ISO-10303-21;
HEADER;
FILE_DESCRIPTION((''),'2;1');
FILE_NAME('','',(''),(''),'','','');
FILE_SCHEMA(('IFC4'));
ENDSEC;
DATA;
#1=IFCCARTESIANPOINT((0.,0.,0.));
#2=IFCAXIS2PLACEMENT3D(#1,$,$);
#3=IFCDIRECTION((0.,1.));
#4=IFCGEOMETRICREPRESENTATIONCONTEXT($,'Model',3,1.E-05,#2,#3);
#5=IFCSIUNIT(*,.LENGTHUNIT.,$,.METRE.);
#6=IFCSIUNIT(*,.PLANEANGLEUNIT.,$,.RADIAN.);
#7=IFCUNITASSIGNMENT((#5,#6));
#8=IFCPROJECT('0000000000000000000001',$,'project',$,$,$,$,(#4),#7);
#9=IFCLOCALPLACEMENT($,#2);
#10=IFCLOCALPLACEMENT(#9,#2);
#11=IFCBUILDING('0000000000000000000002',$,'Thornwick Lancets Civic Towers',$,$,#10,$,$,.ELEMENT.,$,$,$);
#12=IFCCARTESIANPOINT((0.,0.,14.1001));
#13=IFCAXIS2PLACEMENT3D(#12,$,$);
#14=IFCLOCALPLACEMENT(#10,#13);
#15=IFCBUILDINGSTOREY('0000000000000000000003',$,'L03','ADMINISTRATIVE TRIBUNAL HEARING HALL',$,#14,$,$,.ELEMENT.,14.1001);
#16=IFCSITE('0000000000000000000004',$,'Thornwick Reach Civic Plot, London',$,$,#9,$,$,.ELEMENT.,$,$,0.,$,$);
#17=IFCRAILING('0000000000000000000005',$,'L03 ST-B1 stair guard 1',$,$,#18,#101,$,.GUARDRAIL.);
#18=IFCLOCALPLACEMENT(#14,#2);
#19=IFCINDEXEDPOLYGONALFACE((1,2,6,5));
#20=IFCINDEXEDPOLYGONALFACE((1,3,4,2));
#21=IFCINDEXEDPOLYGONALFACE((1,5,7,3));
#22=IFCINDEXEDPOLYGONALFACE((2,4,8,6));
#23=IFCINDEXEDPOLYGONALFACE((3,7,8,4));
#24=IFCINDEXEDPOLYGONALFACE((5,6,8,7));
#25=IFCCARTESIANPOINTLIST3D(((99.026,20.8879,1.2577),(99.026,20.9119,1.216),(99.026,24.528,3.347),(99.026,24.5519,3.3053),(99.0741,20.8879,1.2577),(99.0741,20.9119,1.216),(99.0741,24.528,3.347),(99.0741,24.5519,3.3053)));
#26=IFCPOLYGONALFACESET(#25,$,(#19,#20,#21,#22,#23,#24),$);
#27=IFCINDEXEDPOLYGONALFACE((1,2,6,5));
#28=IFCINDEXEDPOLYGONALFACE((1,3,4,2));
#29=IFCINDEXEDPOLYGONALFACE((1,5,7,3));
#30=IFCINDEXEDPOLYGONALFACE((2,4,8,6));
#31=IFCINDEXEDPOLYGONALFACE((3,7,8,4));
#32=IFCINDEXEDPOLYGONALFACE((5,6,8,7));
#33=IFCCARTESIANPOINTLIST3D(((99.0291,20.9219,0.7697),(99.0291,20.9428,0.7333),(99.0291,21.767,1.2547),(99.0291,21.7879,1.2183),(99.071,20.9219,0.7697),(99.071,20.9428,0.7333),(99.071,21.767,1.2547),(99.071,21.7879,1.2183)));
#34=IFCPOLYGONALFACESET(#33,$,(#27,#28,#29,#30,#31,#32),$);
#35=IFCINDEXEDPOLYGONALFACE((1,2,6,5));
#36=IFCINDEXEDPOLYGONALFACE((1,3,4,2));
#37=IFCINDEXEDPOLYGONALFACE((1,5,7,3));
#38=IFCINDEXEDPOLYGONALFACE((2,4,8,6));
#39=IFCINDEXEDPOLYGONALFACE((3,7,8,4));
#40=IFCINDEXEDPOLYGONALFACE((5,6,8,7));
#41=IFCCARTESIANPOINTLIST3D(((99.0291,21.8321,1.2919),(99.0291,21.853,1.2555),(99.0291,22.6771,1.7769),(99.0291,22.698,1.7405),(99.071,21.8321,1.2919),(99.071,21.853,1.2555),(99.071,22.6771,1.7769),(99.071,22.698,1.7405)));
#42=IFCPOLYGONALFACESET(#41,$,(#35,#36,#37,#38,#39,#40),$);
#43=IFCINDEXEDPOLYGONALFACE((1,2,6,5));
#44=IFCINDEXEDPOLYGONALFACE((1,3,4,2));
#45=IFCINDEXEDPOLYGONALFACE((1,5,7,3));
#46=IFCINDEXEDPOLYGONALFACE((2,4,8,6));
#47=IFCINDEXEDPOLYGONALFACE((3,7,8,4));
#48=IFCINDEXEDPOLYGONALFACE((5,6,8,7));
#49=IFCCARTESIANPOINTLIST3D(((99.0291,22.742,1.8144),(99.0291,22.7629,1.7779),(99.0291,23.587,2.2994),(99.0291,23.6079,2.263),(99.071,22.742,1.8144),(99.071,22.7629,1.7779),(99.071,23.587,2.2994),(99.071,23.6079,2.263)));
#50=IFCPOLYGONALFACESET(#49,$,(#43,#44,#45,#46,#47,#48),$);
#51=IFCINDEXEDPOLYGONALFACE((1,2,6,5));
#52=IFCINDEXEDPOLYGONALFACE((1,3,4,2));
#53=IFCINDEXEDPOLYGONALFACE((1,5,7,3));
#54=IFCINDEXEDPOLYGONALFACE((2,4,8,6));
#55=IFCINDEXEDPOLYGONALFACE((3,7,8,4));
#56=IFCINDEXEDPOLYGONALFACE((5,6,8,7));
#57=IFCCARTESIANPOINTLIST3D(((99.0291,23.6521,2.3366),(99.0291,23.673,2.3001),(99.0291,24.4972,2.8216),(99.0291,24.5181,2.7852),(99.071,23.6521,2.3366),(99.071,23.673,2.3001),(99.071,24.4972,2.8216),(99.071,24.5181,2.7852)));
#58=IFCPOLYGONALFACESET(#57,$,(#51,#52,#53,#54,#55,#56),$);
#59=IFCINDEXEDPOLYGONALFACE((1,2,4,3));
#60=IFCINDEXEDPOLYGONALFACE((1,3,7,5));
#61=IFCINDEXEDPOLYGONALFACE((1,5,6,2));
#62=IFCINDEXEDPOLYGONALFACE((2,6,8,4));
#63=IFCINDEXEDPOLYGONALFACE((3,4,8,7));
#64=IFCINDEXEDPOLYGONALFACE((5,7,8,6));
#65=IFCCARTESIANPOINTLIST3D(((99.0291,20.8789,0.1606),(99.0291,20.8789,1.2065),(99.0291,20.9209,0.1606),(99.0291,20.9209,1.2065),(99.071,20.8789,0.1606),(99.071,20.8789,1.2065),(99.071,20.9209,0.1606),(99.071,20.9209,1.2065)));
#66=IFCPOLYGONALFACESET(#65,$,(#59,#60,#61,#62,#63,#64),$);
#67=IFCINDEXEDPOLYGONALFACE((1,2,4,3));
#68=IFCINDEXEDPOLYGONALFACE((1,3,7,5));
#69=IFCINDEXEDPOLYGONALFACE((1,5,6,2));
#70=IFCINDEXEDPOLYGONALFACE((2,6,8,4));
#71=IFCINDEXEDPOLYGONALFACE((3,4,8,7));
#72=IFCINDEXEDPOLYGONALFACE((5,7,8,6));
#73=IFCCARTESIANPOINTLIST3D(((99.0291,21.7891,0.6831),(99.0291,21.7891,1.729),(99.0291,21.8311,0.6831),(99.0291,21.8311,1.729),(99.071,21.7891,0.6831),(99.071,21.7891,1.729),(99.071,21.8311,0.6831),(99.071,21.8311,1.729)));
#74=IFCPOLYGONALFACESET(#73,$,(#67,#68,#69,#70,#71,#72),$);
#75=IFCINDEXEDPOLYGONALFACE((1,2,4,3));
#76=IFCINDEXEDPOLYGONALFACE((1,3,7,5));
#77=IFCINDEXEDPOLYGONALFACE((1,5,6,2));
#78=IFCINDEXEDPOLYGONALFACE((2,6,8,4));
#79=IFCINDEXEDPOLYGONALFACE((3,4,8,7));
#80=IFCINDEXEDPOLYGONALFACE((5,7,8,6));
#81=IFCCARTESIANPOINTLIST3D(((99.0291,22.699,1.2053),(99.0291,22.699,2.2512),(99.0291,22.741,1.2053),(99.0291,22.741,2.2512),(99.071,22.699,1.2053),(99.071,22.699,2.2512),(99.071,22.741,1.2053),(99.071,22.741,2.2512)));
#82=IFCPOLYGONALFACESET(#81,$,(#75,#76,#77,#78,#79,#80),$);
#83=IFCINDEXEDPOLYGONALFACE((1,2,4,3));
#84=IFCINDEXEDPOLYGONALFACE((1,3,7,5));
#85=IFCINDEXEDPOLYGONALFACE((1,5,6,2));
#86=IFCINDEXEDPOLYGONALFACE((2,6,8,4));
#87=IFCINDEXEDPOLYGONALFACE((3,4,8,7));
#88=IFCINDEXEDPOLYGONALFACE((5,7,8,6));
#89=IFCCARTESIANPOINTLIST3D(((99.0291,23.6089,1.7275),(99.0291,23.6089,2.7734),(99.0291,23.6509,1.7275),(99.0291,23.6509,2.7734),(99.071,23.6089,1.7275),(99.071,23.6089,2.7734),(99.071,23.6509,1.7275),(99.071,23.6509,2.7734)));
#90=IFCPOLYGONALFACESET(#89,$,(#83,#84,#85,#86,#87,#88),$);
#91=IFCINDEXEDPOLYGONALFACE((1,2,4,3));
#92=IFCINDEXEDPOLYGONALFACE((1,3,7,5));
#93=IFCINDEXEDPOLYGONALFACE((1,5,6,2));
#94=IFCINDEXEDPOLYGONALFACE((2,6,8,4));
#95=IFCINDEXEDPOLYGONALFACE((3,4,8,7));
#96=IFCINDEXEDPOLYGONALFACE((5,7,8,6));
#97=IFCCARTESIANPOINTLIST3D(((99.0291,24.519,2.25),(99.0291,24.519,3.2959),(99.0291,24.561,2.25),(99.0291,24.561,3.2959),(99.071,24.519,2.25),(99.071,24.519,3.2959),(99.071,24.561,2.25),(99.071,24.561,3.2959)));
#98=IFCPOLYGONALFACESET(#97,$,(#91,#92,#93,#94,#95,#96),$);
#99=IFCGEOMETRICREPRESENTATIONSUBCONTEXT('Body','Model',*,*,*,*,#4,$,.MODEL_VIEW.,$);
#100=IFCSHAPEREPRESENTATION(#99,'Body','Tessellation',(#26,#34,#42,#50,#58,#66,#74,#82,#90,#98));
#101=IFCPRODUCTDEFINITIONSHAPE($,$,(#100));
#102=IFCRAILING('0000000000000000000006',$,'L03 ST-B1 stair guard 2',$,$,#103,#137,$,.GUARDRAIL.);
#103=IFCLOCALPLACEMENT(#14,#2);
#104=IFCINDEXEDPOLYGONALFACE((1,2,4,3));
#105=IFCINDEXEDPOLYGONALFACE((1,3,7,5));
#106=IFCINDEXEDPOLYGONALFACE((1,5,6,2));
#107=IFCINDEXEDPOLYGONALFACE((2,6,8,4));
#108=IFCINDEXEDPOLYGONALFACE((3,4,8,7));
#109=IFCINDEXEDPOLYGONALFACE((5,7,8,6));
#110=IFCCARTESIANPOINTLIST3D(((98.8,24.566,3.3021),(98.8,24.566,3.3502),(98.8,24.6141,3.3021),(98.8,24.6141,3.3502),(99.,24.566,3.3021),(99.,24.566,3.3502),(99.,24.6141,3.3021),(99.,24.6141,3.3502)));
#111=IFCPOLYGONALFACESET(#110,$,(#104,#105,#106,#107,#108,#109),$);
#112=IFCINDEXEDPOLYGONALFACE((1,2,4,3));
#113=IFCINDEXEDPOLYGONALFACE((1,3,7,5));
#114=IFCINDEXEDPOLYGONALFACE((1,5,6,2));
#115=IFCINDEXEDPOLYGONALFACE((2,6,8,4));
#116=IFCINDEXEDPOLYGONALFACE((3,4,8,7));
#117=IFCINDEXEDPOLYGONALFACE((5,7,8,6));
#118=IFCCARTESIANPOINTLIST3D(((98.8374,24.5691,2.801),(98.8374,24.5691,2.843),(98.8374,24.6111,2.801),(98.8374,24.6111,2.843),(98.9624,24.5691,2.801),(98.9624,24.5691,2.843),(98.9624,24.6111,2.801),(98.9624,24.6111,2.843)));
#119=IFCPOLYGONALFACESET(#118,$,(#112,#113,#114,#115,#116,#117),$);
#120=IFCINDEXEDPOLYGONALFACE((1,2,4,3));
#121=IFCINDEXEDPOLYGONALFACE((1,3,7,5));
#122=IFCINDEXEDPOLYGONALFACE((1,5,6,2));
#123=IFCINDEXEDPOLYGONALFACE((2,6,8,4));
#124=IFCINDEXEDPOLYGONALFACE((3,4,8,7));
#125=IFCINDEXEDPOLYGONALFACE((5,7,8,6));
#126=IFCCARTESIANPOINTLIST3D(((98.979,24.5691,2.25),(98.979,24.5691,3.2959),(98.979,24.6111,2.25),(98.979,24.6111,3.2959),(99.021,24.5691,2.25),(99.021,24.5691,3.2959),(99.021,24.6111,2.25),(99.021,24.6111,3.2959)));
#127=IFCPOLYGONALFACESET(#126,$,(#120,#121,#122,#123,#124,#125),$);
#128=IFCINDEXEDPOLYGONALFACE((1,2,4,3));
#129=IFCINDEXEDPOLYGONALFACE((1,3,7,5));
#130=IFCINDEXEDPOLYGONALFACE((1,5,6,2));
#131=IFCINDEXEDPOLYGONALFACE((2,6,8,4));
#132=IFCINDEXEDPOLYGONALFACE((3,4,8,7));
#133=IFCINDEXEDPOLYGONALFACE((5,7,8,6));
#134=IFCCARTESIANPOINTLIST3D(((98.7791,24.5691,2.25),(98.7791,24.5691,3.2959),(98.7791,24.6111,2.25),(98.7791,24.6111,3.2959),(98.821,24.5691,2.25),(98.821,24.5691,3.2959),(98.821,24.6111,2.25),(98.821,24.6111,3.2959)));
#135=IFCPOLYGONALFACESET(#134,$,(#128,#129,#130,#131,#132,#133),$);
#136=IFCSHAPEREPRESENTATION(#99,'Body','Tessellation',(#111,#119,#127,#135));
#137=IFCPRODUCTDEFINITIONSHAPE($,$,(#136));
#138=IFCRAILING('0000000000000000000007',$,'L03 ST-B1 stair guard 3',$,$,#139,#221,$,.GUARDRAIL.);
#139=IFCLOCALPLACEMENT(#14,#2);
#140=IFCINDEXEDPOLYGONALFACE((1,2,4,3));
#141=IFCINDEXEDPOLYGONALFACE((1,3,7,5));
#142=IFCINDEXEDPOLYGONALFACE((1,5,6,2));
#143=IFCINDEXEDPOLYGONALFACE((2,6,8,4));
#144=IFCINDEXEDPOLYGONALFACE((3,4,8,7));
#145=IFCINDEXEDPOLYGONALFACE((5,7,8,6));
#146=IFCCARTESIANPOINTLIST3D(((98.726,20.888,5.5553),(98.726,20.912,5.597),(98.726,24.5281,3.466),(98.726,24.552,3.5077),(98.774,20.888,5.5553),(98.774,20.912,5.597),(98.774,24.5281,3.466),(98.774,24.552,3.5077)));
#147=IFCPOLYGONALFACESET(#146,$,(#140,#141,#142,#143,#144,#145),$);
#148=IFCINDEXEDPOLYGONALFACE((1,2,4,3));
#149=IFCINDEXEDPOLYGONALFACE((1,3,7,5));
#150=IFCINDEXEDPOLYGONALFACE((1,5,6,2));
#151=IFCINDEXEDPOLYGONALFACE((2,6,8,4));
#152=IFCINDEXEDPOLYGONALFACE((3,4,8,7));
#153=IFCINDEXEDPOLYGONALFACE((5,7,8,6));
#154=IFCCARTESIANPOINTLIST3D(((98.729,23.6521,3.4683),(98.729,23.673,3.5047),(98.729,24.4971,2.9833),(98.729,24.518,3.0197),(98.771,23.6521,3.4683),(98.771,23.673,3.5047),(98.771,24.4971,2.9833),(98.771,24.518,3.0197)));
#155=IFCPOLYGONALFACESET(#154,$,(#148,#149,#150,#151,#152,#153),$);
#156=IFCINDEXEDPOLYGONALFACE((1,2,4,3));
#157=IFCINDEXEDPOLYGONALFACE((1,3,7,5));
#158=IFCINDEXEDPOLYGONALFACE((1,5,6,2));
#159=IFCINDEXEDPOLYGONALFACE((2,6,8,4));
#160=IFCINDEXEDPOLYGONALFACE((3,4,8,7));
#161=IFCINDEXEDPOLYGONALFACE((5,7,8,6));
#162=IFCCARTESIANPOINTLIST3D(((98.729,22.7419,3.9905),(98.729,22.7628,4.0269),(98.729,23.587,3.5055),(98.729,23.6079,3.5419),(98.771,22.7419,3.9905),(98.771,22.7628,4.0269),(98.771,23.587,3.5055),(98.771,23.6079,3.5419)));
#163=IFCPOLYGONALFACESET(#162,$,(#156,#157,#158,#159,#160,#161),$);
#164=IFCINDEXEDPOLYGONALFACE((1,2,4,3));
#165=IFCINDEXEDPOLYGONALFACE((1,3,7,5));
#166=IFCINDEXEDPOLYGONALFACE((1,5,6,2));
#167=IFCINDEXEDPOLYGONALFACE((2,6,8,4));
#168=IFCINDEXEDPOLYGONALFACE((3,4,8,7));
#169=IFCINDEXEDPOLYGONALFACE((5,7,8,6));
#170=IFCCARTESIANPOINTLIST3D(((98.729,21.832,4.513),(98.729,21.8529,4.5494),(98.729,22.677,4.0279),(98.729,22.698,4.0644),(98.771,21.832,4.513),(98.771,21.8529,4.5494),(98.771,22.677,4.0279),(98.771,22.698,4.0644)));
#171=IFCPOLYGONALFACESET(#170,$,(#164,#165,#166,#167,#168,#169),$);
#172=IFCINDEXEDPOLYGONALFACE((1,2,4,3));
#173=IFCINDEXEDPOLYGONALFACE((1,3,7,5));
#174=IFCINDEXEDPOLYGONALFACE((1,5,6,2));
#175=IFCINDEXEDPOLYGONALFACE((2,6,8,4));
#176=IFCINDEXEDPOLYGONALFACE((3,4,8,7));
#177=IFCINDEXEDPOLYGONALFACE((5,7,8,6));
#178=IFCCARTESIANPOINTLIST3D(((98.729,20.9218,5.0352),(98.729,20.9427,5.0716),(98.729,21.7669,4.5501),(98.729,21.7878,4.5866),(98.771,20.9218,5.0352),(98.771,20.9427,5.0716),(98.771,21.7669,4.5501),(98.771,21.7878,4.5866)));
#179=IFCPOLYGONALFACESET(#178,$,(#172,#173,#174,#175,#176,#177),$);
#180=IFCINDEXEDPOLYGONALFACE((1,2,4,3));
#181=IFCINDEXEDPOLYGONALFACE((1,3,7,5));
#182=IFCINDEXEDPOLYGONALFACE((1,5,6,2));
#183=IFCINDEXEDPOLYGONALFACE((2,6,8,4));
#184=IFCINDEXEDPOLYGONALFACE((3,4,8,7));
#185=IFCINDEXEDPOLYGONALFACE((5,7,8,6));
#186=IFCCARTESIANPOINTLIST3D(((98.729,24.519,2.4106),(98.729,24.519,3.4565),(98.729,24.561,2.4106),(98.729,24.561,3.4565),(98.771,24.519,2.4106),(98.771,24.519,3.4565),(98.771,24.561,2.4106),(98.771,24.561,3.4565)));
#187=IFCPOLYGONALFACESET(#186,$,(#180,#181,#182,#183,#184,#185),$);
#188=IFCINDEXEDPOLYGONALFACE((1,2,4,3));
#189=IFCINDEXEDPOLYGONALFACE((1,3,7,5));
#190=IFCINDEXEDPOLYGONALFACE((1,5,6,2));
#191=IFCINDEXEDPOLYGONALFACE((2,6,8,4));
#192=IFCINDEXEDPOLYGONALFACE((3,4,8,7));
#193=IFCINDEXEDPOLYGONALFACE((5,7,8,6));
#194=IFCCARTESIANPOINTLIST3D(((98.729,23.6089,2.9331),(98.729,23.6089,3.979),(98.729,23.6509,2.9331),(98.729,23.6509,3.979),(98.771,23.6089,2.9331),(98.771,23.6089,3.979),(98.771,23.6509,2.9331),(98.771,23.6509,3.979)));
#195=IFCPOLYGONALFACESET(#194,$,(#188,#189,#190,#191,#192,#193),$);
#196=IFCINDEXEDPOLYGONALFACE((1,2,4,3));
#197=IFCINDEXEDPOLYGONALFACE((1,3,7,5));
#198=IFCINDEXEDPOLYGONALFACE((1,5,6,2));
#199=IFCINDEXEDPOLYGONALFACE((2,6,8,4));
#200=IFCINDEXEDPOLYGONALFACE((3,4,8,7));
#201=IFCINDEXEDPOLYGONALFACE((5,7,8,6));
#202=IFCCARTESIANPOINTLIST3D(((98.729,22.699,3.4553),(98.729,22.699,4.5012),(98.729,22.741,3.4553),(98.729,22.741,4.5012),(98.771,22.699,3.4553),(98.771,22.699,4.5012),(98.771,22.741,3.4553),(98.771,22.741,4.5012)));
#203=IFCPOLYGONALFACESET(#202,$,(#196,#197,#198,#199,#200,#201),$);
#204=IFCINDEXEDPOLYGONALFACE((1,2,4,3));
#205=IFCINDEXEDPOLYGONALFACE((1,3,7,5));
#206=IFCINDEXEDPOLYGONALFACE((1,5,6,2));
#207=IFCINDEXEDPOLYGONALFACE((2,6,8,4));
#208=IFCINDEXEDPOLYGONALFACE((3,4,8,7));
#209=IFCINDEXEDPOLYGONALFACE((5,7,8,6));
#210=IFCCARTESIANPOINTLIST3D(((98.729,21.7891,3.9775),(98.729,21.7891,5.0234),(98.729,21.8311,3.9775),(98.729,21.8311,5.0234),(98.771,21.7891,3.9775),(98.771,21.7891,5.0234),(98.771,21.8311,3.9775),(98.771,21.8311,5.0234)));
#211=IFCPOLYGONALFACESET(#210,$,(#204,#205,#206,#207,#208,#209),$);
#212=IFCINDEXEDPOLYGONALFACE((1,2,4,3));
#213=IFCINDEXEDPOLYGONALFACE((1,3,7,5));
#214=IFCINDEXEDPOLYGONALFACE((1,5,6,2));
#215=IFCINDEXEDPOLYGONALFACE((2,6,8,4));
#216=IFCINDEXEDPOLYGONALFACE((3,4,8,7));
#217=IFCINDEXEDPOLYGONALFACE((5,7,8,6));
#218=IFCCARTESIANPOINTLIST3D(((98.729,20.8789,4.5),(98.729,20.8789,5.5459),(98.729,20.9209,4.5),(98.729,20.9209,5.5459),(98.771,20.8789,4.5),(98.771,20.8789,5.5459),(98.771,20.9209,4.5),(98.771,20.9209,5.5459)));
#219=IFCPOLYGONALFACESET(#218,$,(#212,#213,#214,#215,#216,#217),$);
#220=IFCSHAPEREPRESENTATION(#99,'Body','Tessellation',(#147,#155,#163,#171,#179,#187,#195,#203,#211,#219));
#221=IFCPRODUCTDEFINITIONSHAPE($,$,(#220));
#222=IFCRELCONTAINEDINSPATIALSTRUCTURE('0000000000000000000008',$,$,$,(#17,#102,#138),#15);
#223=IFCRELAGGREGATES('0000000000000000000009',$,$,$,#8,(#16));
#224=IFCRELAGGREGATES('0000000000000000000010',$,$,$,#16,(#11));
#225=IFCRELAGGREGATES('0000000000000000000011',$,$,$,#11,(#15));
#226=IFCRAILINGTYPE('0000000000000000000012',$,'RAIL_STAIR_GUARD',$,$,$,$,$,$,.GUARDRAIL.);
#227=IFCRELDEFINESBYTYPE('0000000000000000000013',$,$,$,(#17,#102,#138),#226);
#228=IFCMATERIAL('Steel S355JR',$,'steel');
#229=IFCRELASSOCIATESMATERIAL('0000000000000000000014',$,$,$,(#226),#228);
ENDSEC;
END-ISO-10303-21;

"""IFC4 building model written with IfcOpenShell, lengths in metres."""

from ifc_helpers import new_model, si_unit, direction, frame, origin, origin_2d, place, context, subcontext, project, spatial, rectangle, extrude, material, type_object, element, save


model = new_model("IFC4")

# Units and contexts
model_context = context("Model", 3, precision=1e-05, world=origin(), true_north=direction((0.0, 1.0)))
body_context = subcontext(model_context, "Body", "Model", "MODEL_VIEW")
ifc_project = project(units=[si_unit("LENGTHUNIT", "METRE"), si_unit("PLANEANGLEUNIT", "RADIAN")], contexts=[model_context])

# Site, building, storey
site_placement = place(None, origin())
site = spatial("IfcSite", under=ifc_project, at=site_placement, Name="Thornwick Reach Civic Plot, London", CompositionType="ELEMENT", RefElevation=0.0)
building_placement = place(site_placement, origin())
building = spatial("IfcBuilding", under=site, at=building_placement, Name="Thornwick Lancets Civic Towers", CompositionType="ELEMENT")
storey_placement = place(building_placement, frame((0.0, 0.0, 14.1001)))
storey = spatial("IfcBuildingStorey", under=building, at=storey_placement, Name="L03", Description="ADMINISTRATIVE TRIBUNAL HEARING HALL", CompositionType="ELEMENT", Elevation=14.1001)

# Shared definitions
ifc_material_1 = material(Name="Steel S355JR", Category="steel")

# Railings
railing_type_1 = type_object("IfcRailingType", Name="RAIL_STAIR_GUARD", PredefinedType="GUARDRAIL", material=ifc_material_1)
railing_1_placement = place(storey_placement, frame((99.05, 20.8999, 0.1606)))
element("IfcRailing", 1, at=railing_1_placement, inside=storey, type_object=railing_type_1, Name="L03 ST-B1 stair guard 1", PredefinedType="GUARDRAIL", context=body_context, shape_type="SweptSolid", body=[
    extrude(rectangle(XDim=0.0481, YDim=0.0481, at=origin_2d()), frame((0.0, 0.0, 1.0762), z_axis=(0.0, 0.867289, 0.497804), x_axis=(-1.0, 0.0, 0.0)), (0.0, 0.0, 1.0), 4.197),
    extrude(rectangle(XDim=0.042, YDim=0.042, at=origin_2d()), frame((0.0, 0.0325, 0.5908), z_axis=(0.0, 0.867289, 0.497804), x_axis=(-1.0, 0.0, 0.0)), (0.0, 0.0, 1.0), 0.9744),
    extrude(rectangle(XDim=0.042, YDim=0.042, at=origin_2d()), frame((0.0, 0.9426, 1.113), z_axis=(0.0, 0.867289, 0.497804), x_axis=(-1.0, 0.0, 0.0)), (0.0, 0.0, 1.0), 0.9744),
    extrude(rectangle(XDim=0.042, YDim=0.042, at=origin_2d()), frame((0.0, 1.8525, 1.6355), z_axis=(0.0, 0.867289, 0.497804), x_axis=(-1.0, 0.0, 0.0)), (0.0, 0.0, 1.0), 0.9744),
    extrude(rectangle(XDim=0.042, YDim=0.042, at=origin_2d()), frame((0.0, 2.7627, 2.1577), z_axis=(0.0, 0.867289, 0.497804), x_axis=(-1.0, 0.0, 0.0)), (0.0, 0.0, 1.0), 0.9744),
    extrude(rectangle(XDim=0.042, YDim=0.042, at=origin_2d()), origin(), (0.0, 0.0, 1.0), 1.0459),
    extrude(rectangle(XDim=0.042, YDim=0.042, at=origin_2d()), frame((0.0, 0.9102, 0.5225)), (0.0, 0.0, 1.0), 1.0459),
    extrude(rectangle(XDim=0.042, YDim=0.042, at=origin_2d()), frame((0.0, 1.8201, 1.0447)), (0.0, 0.0, 1.0), 1.0459),
    extrude(rectangle(XDim=0.042, YDim=0.042, at=origin_2d()), frame((0.0, 2.73, 1.5669)), (0.0, 0.0, 1.0), 1.0459),
    extrude(rectangle(XDim=0.042, YDim=0.042, at=origin_2d()), frame((0.0, 3.6401, 2.0894)), (0.0, 0.0, 1.0), 1.0459),
])
railing_2_placement = place(storey_placement, frame((99.0, 24.5901, 2.25)))
element("IfcRailing", 2, at=railing_2_placement, inside=storey, type_object=railing_type_1, Name="L03 ST-B1 stair guard 2", PredefinedType="GUARDRAIL", context=body_context, shape_type="SweptSolid", body=[
    extrude(rectangle(XDim=0.0481, YDim=0.0481, at=origin_2d()), frame((0.0, 0.0, 1.0762), z_axis=(-1.0, 0.0, 0.0), x_axis=(0.0, -1.0, 0.0)), (0.0, 0.0, 1.0), 0.2),
    extrude(rectangle(XDim=0.042, YDim=0.042, at=origin_2d()), frame((-0.0376, 0.0, 0.572), z_axis=(-1.0, 0.0, 0.0), x_axis=(0.0, -1.0, 0.0)), (0.0, 0.0, 1.0), 0.125),
    extrude(rectangle(XDim=0.042, YDim=0.042, at=origin_2d()), origin(), (0.0, 0.0, 1.0), 1.0459),
    extrude(rectangle(XDim=0.042, YDim=0.042, at=origin_2d()), frame((-0.2, 0.0, 0.0)), (0.0, 0.0, 1.0), 1.0459),
])
railing_3_placement = place(storey_placement, frame((98.75, 24.54, 2.4106)))
element("IfcRailing", 3, at=railing_3_placement, inside=storey, type_object=railing_type_1, Name="L03 ST-B1 stair guard 3", PredefinedType="GUARDRAIL", context=body_context, shape_type="SweptSolid", body=[
    extrude(rectangle(XDim=0.0481, YDim=0.0481, at=origin_2d()), frame((0.0, 0.0, 1.0762), z_axis=(0.0, -0.867289, 0.497804), x_axis=(1.0, 0.0, 0.0)), (0.0, 0.0, 1.0), 4.197),
    extrude(rectangle(XDim=0.042, YDim=0.042, at=origin_2d()), frame((0.0, -0.0325, 0.5908), z_axis=(0.0, -0.867289, 0.497804), x_axis=(1.0, 0.0, 0.0)), (0.0, 0.0, 1.0), 0.9744),
    extrude(rectangle(XDim=0.042, YDim=0.042, at=origin_2d()), frame((0.0, -0.9426, 1.113), z_axis=(0.0, -0.867289, 0.497804), x_axis=(1.0, 0.0, 0.0)), (0.0, 0.0, 1.0), 0.9744),
    extrude(rectangle(XDim=0.042, YDim=0.042, at=origin_2d()), frame((0.0, -1.8525, 1.6355), z_axis=(0.0, -0.867289, 0.497804), x_axis=(1.0, 0.0, 0.0)), (0.0, 0.0, 1.0), 0.9744),
    extrude(rectangle(XDim=0.042, YDim=0.042, at=origin_2d()), frame((0.0, -2.7627, 2.1577), z_axis=(0.0, -0.867289, 0.497804), x_axis=(1.0, 0.0, 0.0)), (0.0, 0.0, 1.0), 0.9744),
    extrude(rectangle(XDim=0.042, YDim=0.042, at=origin_2d()), origin(), (0.0, 0.0, 1.0), 1.0459),
    extrude(rectangle(XDim=0.042, YDim=0.042, at=origin_2d()), frame((0.0, -0.9102, 0.5225)), (0.0, 0.0, 1.0), 1.0459),
    extrude(rectangle(XDim=0.042, YDim=0.042, at=origin_2d()), frame((0.0, -1.8201, 1.0447)), (0.0, 0.0, 1.0), 1.0459),
    extrude(rectangle(XDim=0.042, YDim=0.042, at=origin_2d()), frame((0.0, -2.73, 1.5669)), (0.0, 0.0, 1.0), 1.0459),
    extrude(rectangle(XDim=0.042, YDim=0.042, at=origin_2d()), frame((0.0, -3.6401, 2.0894)), (0.0, 0.0, 1.0), 1.0459),
])

save(model, "model.ifc")
